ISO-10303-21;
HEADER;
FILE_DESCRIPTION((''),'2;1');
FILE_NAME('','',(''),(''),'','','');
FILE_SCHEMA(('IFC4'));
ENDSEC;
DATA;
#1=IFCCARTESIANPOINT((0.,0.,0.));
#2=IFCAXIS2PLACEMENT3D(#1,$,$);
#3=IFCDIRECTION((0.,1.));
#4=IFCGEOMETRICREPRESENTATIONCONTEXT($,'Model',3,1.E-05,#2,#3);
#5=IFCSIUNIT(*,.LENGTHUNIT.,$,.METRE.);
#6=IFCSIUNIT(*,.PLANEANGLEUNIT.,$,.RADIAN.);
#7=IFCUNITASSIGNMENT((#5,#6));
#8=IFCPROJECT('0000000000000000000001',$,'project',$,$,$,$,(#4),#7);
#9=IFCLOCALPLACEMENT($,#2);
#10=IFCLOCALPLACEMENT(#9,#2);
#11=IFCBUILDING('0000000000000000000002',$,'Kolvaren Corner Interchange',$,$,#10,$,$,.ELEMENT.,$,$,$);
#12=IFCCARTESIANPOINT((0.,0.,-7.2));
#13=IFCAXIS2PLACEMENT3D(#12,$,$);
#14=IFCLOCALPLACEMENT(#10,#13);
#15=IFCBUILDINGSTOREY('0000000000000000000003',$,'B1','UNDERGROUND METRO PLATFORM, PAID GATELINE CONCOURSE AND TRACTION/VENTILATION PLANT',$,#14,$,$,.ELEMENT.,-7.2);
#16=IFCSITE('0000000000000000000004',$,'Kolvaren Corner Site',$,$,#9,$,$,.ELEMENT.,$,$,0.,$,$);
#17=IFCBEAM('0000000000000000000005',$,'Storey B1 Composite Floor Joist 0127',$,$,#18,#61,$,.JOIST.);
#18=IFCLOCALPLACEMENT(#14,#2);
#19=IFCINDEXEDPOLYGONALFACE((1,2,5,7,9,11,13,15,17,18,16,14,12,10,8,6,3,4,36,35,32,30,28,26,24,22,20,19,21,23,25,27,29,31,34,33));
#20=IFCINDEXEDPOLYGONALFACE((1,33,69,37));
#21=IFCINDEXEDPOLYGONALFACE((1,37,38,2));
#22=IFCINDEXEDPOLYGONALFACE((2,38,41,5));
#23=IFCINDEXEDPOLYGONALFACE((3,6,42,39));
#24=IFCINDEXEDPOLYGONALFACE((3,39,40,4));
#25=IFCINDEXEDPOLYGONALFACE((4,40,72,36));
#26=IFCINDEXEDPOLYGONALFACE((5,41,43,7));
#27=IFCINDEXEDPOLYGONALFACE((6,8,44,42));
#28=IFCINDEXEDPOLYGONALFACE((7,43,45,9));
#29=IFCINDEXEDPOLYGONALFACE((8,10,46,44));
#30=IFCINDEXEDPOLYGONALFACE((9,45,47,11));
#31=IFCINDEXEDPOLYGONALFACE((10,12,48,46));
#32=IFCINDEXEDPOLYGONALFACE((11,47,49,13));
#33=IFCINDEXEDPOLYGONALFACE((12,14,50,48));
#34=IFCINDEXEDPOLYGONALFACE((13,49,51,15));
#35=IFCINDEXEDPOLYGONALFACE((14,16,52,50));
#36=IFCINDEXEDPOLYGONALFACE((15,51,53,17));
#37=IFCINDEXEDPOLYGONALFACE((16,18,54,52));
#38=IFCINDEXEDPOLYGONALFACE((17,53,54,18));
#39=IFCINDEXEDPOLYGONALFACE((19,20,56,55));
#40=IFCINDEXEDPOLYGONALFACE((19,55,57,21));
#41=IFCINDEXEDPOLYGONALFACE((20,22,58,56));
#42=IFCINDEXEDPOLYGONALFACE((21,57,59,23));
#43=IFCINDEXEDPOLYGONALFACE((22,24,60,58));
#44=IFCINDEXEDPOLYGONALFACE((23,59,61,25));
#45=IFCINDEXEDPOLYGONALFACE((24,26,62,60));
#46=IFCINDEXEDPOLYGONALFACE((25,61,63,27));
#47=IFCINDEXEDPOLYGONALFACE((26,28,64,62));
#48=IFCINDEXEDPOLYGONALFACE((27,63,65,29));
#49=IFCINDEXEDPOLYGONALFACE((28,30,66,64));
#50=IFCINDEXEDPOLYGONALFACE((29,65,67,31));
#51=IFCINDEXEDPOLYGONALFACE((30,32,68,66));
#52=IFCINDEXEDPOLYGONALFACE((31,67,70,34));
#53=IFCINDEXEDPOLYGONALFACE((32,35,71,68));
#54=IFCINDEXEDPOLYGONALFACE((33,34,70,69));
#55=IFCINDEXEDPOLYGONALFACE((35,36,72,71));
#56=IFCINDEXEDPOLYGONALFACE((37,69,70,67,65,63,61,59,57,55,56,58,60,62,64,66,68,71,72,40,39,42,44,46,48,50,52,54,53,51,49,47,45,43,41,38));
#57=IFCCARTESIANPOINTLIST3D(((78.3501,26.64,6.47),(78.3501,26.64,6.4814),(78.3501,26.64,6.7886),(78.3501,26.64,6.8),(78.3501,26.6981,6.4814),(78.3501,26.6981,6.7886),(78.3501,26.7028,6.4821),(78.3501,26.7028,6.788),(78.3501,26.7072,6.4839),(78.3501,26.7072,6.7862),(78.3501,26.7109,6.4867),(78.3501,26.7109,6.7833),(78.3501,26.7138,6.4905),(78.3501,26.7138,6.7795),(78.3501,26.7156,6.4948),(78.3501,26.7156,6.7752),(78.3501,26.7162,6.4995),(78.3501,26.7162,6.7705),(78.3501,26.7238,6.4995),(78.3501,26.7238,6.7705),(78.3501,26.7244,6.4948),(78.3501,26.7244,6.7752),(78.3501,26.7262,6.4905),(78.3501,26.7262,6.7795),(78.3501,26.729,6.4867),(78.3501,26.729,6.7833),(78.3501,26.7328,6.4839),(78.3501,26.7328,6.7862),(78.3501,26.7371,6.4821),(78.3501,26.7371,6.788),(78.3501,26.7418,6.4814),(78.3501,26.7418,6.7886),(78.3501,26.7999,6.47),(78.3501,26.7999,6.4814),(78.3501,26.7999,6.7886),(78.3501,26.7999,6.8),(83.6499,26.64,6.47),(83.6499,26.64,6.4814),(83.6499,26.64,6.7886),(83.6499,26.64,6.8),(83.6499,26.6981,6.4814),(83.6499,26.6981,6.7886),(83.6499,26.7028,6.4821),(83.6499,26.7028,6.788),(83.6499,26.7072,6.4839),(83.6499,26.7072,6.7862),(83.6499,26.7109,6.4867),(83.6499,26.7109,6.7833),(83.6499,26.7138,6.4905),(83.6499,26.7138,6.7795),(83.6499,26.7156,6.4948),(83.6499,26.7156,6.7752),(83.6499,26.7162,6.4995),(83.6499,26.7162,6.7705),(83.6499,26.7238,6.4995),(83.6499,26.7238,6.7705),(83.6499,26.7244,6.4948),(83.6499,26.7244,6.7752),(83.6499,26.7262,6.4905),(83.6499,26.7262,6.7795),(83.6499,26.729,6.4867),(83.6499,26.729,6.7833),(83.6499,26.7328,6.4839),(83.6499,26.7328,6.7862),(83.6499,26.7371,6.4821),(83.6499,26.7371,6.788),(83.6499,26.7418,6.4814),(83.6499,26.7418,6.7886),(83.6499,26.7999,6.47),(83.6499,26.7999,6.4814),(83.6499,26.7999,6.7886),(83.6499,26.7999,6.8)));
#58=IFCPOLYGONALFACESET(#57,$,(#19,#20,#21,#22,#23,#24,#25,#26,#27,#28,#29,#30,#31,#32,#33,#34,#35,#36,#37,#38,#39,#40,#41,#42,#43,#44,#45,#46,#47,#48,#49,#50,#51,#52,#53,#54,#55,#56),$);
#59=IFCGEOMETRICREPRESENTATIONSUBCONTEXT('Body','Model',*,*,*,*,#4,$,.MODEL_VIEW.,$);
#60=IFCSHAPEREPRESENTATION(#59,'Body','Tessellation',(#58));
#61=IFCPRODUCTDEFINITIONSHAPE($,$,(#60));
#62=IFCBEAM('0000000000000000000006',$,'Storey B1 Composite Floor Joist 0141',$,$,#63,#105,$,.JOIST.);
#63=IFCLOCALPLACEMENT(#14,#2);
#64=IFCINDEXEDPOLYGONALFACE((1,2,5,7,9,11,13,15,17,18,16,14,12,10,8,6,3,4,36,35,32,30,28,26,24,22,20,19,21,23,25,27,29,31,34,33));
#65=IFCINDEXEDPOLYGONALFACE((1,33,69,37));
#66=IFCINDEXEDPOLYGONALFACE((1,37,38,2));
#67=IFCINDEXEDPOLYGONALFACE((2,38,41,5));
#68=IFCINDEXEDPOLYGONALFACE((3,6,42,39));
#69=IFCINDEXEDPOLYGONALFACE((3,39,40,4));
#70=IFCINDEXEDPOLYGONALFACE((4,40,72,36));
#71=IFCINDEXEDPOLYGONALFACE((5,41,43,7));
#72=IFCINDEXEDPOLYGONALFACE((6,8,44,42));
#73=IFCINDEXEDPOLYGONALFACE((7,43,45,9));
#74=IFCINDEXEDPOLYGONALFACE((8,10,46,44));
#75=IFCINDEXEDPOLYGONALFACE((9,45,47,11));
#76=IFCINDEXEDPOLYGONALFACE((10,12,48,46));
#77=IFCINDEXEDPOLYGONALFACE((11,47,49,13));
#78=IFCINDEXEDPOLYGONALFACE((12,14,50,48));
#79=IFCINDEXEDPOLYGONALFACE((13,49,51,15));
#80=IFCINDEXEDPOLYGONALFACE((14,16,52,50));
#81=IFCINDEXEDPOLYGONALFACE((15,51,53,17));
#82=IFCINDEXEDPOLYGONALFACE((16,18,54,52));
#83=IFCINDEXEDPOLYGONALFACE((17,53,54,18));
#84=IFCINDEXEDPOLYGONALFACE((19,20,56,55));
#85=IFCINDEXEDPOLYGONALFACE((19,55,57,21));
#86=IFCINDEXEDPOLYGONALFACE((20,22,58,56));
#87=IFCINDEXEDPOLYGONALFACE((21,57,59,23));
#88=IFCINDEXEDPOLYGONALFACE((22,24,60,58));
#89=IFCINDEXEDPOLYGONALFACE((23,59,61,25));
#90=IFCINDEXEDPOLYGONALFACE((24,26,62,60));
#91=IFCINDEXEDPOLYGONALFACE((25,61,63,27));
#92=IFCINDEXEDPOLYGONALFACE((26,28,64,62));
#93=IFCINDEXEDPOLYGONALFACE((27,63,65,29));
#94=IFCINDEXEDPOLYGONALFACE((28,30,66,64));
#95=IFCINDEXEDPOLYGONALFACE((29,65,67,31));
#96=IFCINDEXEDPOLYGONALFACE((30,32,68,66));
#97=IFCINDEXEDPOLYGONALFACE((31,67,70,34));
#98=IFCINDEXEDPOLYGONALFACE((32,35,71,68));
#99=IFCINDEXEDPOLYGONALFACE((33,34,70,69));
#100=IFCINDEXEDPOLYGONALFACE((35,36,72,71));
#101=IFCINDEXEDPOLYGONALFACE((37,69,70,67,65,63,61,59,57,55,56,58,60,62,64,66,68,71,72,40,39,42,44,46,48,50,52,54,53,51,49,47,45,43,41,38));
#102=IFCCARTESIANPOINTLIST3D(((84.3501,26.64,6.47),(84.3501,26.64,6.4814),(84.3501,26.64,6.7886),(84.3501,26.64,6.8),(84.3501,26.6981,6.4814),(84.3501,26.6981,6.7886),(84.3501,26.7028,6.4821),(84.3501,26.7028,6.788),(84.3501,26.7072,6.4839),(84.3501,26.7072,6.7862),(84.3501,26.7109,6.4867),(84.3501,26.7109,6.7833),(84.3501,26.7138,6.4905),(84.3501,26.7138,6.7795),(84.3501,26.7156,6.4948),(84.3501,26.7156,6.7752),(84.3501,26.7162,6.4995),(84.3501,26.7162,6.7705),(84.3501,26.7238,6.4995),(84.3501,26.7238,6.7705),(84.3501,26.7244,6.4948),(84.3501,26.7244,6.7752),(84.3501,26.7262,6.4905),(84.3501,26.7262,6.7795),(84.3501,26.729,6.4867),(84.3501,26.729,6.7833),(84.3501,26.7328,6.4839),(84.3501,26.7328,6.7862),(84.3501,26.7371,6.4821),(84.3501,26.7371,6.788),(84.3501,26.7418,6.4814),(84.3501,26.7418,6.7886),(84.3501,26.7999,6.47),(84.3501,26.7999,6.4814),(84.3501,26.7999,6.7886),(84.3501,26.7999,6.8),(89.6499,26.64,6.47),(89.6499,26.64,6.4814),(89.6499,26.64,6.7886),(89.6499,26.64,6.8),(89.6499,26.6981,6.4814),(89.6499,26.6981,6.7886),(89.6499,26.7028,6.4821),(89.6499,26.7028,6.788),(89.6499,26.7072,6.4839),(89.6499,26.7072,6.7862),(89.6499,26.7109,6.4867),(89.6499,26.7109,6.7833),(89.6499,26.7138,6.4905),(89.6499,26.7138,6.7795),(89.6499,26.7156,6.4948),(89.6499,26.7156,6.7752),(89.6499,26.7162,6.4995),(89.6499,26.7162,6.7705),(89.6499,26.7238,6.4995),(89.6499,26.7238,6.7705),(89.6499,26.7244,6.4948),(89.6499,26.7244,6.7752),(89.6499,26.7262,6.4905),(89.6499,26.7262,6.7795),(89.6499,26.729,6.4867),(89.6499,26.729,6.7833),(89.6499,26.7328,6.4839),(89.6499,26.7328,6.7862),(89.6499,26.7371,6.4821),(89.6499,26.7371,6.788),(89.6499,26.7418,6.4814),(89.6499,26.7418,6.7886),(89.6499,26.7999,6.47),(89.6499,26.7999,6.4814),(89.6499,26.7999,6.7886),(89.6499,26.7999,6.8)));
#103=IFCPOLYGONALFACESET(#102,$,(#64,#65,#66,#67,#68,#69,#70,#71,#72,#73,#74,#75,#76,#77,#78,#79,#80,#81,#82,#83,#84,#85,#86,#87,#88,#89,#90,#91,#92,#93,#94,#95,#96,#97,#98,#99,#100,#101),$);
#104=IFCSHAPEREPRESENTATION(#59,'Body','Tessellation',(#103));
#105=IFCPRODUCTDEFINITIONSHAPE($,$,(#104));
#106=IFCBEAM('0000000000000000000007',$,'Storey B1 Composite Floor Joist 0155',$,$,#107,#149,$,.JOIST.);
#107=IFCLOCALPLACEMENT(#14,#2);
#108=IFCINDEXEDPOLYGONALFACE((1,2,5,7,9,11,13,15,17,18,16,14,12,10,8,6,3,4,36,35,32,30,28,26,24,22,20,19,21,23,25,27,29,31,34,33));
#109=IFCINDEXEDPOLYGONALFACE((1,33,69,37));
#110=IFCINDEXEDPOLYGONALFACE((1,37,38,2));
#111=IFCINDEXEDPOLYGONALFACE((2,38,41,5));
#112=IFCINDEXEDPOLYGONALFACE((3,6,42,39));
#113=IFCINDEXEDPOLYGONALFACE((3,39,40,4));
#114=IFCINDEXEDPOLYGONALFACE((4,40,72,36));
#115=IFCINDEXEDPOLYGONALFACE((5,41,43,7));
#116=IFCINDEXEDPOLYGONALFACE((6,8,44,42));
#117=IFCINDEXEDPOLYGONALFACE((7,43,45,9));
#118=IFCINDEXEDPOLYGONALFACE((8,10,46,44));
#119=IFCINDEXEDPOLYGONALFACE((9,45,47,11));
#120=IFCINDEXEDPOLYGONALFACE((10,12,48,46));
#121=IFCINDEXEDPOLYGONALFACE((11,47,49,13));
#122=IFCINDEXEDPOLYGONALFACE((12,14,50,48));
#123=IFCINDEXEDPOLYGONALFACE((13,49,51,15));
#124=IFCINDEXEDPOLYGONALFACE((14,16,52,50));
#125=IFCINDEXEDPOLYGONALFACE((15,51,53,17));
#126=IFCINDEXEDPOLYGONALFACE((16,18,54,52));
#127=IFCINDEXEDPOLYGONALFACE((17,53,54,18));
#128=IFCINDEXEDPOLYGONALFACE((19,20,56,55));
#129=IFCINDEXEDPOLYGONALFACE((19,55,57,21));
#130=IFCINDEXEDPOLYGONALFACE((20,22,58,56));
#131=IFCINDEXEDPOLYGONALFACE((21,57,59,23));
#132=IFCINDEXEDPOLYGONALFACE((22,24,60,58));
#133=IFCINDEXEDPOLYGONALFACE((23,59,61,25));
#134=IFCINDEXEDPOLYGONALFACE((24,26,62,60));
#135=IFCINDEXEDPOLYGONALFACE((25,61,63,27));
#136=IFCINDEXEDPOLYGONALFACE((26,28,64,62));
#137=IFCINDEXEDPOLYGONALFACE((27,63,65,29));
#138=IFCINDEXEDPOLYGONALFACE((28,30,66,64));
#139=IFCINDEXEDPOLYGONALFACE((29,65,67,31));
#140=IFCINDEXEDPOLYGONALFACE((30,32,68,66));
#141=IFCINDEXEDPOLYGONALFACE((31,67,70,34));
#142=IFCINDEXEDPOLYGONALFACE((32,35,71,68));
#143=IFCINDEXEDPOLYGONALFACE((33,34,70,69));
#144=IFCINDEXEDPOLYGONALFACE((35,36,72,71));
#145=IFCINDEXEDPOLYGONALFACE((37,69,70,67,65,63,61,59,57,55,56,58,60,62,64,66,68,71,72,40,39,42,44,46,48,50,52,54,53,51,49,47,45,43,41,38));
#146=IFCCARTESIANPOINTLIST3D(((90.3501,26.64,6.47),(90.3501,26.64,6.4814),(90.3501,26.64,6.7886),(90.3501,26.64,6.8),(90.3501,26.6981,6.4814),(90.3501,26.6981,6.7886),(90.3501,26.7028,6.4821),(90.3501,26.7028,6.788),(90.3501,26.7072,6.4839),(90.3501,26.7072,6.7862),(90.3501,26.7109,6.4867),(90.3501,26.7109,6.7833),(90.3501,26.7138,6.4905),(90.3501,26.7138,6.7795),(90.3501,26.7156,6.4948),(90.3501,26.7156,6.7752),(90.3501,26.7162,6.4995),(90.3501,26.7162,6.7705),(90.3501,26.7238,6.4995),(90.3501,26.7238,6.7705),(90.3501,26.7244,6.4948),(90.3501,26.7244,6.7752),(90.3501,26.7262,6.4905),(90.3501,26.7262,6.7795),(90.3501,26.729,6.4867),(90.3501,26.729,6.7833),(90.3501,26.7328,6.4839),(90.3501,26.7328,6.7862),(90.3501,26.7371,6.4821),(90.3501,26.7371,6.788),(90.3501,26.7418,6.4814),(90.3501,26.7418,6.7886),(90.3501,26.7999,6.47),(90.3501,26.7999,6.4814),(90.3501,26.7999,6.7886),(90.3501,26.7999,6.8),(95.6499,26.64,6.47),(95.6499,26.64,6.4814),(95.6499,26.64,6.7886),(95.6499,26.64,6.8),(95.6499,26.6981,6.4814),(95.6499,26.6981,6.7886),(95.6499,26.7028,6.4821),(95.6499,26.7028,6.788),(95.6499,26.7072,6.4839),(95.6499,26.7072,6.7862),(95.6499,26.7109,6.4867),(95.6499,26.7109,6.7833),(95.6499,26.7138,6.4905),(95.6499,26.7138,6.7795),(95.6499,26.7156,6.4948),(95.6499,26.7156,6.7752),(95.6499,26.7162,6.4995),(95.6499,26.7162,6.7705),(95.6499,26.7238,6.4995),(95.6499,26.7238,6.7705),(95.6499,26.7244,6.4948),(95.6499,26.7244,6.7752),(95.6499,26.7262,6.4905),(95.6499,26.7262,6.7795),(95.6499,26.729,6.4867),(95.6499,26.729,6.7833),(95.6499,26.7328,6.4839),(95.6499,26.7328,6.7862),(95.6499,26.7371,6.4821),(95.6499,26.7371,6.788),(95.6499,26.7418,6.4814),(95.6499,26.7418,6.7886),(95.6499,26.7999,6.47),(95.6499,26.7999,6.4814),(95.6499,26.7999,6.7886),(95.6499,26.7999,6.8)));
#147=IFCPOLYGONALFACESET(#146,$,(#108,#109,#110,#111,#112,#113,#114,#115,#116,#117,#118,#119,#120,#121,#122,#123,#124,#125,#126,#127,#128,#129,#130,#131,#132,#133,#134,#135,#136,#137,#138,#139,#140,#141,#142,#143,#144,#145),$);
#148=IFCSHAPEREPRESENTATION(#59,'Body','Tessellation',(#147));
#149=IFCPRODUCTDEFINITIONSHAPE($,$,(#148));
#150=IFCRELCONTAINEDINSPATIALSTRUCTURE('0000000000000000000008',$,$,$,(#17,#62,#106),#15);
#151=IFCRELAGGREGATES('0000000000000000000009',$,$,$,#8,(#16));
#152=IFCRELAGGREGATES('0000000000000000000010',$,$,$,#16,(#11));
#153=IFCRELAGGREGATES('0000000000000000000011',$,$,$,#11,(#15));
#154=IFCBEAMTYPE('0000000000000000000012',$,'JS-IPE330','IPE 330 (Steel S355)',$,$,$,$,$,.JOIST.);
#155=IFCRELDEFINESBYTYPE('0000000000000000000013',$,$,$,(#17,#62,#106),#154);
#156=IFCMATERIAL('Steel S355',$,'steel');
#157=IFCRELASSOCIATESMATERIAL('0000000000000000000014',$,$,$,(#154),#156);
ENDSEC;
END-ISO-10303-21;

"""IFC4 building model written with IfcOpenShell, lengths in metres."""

from ifc_helpers import new_model, si_unit, direction, frame, origin, origin_2d, place, context, subcontext, project, spatial, i_section, extrude, material, material_profile, profile_set, type_object, element, save


model = new_model("IFC4")

# Units and contexts
model_context = context("Model", 3, precision=1e-05, world=origin(), true_north=direction((0.0, 1.0)))
body_context = subcontext(model_context, "Body", "Model", "MODEL_VIEW")
ifc_project = project(units=[si_unit("LENGTHUNIT", "METRE"), si_unit("PLANEANGLEUNIT", "RADIAN")], contexts=[model_context])

# Site, building, storey
site_placement = place(None, origin())
site = spatial("IfcSite", under=ifc_project, at=site_placement, Name="Kolvaren Corner Site", CompositionType="ELEMENT", RefElevation=0.0)
building_placement = place(site_placement, origin())
building = spatial("IfcBuilding", under=site, at=building_placement, Name="Kolvaren Corner Interchange", CompositionType="ELEMENT")
storey_placement = place(building_placement, frame((0.0, 0.0, -7.2)))
storey = spatial("IfcBuildingStorey", under=building, at=storey_placement, Name="B1", Description="UNDERGROUND METRO PLATFORM, PAID GATELINE CONCOURSE AND TRACTION/VENTILATION PLANT", CompositionType="ELEMENT", Elevation=-7.2)

# Beams
ifc_material_1 = material(Name="Steel S355", Category="steel")
ifc_material_profile_1 = material_profile(ifc_material_1, i_section(OverallWidth=0.1599, OverallDepth=0.3301, WebThickness=0.0076, FlangeThickness=0.0115, FilletRadius=0.0181, at=origin_2d()), Name="IPE 330")
ifc_profile_set_1 = profile_set([ifc_material_profile_1], Name="Steel S355")
beam_type_1 = type_object("IfcBeamType", Name="JS-IPE330", Description="IPE 330 (Steel S355)", PredefinedType="JOIST", material=ifc_profile_set_1)
for number, where, z_axis, x_axis, name in (
    (1, (78.3501, 26.72, 6.635), (1.0, 0.0, 0.0), (0.0, 1.0, 0.0), "Storey B1 Composite Floor Joist 0127"),
    (2, (84.3501, 26.72, 6.635), (1.0, 0.0, 0.0), (0.0, 1.0, 0.0), "Storey B1 Composite Floor Joist 0141"),
    (3, (90.3501, 26.72, 6.635), (1.0, 0.0, 0.0), (0.0, 1.0, 0.0), "Storey B1 Composite Floor Joist 0155"),
):
    element("IfcBeam", number, at=place(storey_placement, frame(where, z_axis=z_axis, x_axis=x_axis)), inside=storey, type_object=beam_type_1, Name=name, PredefinedType="JOIST", context=body_context, shape_type="SweptSolid", body=[
        extrude(i_section(OverallWidth=0.1599, OverallDepth=0.3301, WebThickness=0.0076, FlangeThickness=0.0115, FilletRadius=0.0181, at=origin_2d()), origin(), (0.0, 0.0, 1.0), 5.2998),
    ])

save(model, "model.ifc")
